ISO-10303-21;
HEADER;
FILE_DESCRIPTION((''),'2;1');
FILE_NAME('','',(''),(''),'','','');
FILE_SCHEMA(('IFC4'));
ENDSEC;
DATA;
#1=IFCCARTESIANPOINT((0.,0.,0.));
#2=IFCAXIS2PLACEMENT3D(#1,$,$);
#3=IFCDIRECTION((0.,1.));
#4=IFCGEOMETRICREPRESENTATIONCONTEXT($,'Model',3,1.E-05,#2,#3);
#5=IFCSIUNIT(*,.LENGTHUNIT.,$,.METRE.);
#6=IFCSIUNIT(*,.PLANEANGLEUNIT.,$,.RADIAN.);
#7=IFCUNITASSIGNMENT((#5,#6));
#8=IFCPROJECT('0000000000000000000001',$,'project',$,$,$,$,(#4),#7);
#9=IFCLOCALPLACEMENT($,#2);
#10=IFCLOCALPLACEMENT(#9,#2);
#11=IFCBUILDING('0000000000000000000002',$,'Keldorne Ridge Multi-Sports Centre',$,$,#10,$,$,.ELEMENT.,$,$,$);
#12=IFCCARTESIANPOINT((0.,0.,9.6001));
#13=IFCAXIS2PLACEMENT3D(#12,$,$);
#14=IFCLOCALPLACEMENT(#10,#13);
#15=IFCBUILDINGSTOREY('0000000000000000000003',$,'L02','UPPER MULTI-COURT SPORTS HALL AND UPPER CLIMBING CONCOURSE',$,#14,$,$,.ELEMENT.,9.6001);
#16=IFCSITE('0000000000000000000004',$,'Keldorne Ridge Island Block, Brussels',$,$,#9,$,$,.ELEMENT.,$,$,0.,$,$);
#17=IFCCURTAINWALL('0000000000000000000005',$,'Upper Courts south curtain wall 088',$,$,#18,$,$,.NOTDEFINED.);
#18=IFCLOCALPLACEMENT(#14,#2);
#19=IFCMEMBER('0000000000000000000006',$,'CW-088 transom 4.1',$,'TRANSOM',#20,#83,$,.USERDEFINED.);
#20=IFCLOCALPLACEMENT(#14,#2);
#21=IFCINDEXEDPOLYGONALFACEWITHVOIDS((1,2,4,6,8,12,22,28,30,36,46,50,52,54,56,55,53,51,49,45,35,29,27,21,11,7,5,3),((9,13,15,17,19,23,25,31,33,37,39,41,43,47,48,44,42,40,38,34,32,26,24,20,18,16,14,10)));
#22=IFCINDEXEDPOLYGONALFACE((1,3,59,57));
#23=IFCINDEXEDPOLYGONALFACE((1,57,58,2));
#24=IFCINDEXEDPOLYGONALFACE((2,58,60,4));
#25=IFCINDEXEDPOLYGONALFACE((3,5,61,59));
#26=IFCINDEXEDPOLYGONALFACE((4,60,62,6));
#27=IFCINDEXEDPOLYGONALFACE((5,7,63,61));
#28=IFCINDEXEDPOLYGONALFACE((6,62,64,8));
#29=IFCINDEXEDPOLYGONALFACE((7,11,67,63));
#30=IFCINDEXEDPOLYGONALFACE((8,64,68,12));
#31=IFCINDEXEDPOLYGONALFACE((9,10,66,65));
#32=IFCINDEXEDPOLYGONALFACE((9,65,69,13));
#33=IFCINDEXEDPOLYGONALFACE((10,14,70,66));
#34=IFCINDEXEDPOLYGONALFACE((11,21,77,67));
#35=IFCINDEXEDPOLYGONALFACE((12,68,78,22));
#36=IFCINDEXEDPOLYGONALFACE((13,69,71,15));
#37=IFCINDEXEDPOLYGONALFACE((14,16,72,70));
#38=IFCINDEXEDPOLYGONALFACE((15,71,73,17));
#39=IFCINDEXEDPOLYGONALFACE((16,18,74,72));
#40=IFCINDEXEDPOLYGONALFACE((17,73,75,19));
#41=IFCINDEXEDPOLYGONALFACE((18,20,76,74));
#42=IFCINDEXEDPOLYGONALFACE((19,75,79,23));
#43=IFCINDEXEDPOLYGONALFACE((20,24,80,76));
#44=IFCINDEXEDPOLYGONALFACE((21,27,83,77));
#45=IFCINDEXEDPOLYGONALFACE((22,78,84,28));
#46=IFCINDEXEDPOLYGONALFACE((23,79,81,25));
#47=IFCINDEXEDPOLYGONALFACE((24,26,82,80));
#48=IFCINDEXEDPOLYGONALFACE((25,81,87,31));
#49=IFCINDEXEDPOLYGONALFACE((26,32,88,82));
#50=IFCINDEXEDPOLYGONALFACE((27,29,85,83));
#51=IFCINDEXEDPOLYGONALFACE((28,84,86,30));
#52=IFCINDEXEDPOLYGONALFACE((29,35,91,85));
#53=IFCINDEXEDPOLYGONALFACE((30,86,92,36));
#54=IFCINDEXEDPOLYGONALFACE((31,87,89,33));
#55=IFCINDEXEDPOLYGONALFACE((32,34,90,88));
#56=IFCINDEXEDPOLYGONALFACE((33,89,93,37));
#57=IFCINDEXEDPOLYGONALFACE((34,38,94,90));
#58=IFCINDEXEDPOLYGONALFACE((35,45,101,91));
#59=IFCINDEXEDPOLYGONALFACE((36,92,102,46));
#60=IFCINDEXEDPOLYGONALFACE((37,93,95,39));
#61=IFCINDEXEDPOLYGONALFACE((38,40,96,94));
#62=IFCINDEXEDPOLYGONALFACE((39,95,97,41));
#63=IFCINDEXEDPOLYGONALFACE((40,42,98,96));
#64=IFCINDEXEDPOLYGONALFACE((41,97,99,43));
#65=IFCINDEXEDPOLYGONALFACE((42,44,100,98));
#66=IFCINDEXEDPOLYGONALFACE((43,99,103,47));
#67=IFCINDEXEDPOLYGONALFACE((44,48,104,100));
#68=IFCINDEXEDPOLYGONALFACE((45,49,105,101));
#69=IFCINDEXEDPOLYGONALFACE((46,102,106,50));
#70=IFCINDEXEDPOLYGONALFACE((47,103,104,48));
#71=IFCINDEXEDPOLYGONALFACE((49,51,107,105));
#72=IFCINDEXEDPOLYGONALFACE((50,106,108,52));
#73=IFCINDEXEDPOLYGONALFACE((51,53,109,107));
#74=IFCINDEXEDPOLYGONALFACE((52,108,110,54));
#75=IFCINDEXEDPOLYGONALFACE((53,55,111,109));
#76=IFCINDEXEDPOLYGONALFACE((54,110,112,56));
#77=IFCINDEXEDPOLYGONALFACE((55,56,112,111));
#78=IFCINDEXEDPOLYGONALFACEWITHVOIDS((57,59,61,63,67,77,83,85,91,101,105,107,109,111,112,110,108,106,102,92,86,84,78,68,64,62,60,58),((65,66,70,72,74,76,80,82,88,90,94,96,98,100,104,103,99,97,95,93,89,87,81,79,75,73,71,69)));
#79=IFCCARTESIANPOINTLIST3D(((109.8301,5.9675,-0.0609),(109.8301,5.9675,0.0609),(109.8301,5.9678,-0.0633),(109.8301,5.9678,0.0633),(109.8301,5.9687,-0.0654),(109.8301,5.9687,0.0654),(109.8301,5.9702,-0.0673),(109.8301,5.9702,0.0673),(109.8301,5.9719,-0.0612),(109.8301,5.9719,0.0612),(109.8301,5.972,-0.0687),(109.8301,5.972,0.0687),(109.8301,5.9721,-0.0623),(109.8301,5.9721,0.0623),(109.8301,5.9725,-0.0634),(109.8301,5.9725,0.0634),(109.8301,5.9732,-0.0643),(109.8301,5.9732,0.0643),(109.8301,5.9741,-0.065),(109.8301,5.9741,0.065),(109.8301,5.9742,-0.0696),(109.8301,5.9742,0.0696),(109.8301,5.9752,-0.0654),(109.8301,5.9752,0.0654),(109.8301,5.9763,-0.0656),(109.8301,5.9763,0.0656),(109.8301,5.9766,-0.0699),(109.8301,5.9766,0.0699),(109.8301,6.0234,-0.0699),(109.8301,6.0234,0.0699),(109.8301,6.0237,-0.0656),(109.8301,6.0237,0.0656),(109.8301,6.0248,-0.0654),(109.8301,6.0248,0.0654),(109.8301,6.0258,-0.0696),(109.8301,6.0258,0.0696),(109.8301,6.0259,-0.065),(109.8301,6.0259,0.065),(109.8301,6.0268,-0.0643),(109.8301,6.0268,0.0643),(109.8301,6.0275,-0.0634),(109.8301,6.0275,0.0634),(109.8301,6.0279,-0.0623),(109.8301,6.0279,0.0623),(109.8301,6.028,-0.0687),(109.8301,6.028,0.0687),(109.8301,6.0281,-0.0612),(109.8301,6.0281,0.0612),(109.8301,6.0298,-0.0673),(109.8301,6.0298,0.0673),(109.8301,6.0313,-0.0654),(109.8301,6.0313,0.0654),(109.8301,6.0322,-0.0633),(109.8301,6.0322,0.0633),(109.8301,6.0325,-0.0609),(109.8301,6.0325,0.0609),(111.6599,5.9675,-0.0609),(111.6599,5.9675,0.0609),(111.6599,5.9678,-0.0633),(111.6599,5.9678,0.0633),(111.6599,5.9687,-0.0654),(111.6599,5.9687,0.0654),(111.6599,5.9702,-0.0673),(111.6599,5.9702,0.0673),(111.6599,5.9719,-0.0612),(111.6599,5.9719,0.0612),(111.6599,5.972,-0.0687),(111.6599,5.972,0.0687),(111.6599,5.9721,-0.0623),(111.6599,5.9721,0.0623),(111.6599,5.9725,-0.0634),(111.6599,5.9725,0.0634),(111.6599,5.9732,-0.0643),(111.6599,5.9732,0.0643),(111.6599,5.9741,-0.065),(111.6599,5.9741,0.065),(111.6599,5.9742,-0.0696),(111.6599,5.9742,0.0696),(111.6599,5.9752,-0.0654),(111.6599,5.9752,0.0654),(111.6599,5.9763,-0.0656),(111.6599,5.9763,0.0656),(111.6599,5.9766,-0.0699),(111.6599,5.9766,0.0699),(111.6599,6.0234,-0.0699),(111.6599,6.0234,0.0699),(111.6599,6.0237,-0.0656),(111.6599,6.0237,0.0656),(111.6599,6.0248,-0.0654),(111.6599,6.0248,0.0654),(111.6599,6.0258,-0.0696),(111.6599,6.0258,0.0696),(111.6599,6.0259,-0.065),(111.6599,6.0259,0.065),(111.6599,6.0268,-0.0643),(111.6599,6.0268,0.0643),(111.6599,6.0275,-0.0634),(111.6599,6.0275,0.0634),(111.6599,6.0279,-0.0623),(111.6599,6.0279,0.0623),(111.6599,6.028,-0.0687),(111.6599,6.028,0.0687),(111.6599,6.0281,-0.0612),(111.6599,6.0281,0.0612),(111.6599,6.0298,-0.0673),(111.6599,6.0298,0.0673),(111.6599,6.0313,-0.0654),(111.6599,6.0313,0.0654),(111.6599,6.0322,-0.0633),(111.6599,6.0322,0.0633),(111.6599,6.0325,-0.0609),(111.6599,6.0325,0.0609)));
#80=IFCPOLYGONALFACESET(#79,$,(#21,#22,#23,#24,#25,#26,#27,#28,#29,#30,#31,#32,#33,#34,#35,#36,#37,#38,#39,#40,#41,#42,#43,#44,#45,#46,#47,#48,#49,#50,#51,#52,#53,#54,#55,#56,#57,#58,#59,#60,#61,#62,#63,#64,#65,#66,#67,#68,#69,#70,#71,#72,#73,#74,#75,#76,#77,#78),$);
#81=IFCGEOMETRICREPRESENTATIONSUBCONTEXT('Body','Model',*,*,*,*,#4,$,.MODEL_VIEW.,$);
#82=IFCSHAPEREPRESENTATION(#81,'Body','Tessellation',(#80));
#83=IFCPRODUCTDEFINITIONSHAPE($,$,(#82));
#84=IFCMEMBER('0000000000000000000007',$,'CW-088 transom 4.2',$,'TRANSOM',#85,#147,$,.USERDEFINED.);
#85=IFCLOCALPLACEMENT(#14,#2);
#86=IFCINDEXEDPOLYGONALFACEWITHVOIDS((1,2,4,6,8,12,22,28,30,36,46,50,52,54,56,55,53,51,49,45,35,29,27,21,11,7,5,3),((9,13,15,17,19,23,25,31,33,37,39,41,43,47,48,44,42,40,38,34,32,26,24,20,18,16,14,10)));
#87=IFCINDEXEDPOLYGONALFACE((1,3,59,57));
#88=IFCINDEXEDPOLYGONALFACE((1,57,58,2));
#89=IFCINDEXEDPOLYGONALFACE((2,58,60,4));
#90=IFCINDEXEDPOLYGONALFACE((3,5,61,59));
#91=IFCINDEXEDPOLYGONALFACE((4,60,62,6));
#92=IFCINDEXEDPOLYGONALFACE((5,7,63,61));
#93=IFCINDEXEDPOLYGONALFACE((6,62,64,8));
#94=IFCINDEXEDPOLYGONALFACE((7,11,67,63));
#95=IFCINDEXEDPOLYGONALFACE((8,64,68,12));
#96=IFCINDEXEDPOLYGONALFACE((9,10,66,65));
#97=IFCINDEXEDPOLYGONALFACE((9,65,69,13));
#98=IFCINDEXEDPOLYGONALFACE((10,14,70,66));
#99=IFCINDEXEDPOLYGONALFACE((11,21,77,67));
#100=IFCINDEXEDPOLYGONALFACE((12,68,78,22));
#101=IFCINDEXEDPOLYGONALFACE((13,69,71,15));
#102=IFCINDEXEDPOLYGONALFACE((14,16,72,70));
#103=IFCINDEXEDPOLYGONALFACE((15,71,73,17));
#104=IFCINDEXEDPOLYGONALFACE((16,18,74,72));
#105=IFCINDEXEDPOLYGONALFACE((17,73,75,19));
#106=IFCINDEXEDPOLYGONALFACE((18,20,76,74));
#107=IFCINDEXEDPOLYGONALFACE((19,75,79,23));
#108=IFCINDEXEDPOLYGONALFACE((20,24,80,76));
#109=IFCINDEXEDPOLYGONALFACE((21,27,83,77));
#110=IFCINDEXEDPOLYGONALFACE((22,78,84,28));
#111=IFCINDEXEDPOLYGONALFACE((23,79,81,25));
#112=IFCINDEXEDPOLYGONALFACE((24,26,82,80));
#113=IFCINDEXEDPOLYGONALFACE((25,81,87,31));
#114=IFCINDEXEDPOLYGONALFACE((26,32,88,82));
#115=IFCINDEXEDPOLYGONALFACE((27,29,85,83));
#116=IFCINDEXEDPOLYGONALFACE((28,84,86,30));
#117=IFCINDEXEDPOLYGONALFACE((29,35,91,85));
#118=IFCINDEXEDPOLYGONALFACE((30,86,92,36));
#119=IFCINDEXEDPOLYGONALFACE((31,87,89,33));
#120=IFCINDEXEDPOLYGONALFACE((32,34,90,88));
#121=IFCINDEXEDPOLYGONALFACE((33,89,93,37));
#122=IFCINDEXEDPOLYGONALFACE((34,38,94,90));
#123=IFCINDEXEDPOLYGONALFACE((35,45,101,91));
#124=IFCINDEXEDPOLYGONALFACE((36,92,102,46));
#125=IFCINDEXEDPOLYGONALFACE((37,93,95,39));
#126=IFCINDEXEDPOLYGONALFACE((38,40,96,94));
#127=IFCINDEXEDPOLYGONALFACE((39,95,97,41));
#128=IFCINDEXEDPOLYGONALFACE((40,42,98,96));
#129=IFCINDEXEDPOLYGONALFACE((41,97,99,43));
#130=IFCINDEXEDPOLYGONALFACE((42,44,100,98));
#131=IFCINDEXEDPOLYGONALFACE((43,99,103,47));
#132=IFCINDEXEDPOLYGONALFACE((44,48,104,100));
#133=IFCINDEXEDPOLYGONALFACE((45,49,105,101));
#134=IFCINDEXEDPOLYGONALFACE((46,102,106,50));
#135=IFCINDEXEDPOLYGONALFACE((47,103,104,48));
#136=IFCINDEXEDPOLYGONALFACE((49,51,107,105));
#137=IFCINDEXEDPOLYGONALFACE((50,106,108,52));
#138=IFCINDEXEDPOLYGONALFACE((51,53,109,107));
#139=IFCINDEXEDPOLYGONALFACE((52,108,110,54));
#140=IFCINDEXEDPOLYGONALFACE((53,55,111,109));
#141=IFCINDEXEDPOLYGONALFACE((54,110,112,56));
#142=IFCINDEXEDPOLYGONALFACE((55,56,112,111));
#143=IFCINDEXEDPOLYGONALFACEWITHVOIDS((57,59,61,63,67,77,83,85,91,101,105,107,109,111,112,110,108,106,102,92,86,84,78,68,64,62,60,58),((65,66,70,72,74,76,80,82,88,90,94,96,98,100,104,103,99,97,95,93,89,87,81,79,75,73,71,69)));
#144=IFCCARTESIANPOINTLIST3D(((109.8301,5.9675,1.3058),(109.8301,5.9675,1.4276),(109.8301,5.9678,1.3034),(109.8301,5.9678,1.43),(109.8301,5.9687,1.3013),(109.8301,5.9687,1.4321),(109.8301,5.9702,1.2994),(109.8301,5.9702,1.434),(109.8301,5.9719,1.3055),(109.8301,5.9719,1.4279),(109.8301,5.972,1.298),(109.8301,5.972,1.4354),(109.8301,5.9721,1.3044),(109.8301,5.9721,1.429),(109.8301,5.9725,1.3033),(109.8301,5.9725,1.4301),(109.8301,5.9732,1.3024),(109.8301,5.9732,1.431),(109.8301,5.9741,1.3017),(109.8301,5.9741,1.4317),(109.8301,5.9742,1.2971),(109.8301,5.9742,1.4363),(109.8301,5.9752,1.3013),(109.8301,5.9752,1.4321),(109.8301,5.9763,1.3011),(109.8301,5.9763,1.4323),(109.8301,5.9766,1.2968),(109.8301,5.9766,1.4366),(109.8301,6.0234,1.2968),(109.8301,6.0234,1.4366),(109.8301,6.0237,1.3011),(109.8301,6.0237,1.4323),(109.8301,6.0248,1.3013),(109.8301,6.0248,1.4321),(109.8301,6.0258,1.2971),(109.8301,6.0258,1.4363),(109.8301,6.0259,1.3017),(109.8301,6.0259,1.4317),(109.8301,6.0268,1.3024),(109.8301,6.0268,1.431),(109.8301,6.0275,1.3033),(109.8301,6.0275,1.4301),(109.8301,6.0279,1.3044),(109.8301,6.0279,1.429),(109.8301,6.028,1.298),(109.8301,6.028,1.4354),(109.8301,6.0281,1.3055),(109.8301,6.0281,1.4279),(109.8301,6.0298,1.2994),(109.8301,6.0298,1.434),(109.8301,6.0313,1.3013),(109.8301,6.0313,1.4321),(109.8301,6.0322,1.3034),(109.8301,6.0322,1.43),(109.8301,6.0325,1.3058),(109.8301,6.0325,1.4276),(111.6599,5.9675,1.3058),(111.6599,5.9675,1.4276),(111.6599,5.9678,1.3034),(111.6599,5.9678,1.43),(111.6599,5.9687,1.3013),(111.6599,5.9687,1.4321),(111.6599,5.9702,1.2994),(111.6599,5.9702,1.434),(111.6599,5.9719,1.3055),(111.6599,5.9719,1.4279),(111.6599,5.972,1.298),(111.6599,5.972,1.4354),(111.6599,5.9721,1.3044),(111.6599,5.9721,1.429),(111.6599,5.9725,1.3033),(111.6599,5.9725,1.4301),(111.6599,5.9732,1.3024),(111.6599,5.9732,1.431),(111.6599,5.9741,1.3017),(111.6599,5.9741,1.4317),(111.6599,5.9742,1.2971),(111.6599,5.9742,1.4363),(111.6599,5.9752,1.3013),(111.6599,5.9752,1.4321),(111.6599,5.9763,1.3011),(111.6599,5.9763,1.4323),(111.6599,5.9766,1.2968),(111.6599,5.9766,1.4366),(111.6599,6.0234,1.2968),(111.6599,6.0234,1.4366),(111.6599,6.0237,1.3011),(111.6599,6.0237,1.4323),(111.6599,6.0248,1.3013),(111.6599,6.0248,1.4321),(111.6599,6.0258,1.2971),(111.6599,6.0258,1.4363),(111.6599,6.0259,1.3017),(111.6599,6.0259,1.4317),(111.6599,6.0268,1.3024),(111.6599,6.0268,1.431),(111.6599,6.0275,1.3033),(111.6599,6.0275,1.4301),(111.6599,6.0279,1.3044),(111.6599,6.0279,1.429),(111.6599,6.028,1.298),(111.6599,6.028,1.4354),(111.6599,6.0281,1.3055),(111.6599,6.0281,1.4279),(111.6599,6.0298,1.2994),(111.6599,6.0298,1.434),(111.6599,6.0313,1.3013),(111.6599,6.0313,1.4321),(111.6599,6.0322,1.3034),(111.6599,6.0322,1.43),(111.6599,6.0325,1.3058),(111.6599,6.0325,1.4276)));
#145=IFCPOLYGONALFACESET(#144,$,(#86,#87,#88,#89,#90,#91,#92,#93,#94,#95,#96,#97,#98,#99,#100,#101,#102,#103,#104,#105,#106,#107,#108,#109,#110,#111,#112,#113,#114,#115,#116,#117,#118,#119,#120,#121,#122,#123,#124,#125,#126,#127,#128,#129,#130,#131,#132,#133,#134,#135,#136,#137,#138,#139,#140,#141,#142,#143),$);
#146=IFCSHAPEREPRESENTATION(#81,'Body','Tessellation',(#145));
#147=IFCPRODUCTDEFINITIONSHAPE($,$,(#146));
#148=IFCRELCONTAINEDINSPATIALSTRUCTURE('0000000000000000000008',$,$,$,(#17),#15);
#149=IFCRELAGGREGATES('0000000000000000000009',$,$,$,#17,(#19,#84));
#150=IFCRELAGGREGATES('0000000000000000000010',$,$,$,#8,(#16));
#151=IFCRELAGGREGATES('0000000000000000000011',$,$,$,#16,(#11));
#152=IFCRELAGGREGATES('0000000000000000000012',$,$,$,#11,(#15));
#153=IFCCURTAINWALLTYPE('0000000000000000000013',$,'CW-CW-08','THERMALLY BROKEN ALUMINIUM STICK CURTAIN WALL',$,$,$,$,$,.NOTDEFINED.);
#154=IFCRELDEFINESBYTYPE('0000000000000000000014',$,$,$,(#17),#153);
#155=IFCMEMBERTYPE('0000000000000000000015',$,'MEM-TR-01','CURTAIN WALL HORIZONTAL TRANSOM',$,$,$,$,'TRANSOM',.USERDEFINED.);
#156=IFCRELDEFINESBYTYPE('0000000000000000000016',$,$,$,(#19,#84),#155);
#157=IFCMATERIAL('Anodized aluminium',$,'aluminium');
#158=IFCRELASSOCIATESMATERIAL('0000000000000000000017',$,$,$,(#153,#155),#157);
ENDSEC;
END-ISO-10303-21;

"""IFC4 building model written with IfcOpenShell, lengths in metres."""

from ifc_helpers import new_model, si_unit, direction, frame, origin, origin_2d, place, context, subcontext, project, spatial, hollow_rectangle, extrude, material, material_profile, profile_set, type_object, element, aggregate, save


model = new_model("IFC4")

# Units and contexts
model_context = context("Model", 3, precision=1e-05, world=origin(), true_north=direction((0.0, 1.0)))
body_context = subcontext(model_context, "Body", "Model", "MODEL_VIEW")
ifc_project = project(units=[si_unit("LENGTHUNIT", "METRE"), si_unit("PLANEANGLEUNIT", "RADIAN")], contexts=[model_context])

# Site, building, storey
site_placement = place(None, origin())
site = spatial("IfcSite", under=ifc_project, at=site_placement, Name="Keldorne Ridge Island Block, Brussels", CompositionType="ELEMENT", RefElevation=0.0)
building_placement = place(site_placement, origin())
building = spatial("IfcBuilding", under=site, at=building_placement, Name="Keldorne Ridge Multi-Sports Centre", CompositionType="ELEMENT")
storey_placement = place(building_placement, frame((0.0, 0.0, 9.6001)))
storey = spatial("IfcBuildingStorey", under=building, at=storey_placement, Name="L02", Description="UPPER MULTI-COURT SPORTS HALL AND UPPER CLIMBING CONCOURSE", CompositionType="ELEMENT", Elevation=9.6001)

# Curtain wall, members
ifc_material_1 = material(Name="Anodized aluminium", Category="aluminium")
curtain_wall_type = type_object("IfcCurtainWallType", Name="CW-CW-08", Description="THERMALLY BROKEN ALUMINIUM STICK CURTAIN WALL", PredefinedType="NOTDEFINED", material=ifc_material_1)
curtain_wall_placement = place(storey_placement, origin())
curtain_wall = element("IfcCurtainWall", 1, at=curtain_wall_placement, inside=storey, type_object=curtain_wall_type, Name="Upper Courts south curtain wall 088", PredefinedType="NOTDEFINED")
ifc_material_profile_1 = material_profile(ifc_material_1, hollow_rectangle(XDim=0.0649, YDim=0.1399, WallThickness=0.0044, InnerFilletRadius=0.0044, OuterFilletRadius=0.009, at=origin_2d()), Name="ALU TRANSOM 140x65x4.5")
ifc_profile_set_1 = profile_set([ifc_material_profile_1], Name="Anodized aluminium")
member_type_1 = type_object("IfcMemberType", Name="MEM-TR-01", Description="CURTAIN WALL HORIZONTAL TRANSOM", ElementType="TRANSOM", PredefinedType="USERDEFINED", material=ifc_profile_set_1)
member_1_placement = place(storey_placement, frame((109.8301, 6.0, 0.0), z_axis=(1.0, 0.0, 0.0), x_axis=(0.0, 1.0, 0.0)))
member_1 = element("IfcMember", 2, at=member_1_placement, type_object=member_type_1, Name="CW-088 transom 4.1", ObjectType="TRANSOM", PredefinedType="USERDEFINED", context=body_context, shape_type="SweptSolid", body=[
    extrude(hollow_rectangle(XDim=0.0649, YDim=0.1399, WallThickness=0.0044, InnerFilletRadius=0.0044, OuterFilletRadius=0.009, at=origin_2d()), origin(), (0.0, 0.0, 1.0), 1.8298),
])
member_2_placement = place(storey_placement, frame((109.8301, 6.0, 1.3667), z_axis=(1.0, 0.0, 0.0), x_axis=(0.0, 1.0, 0.0)))
member_2 = element("IfcMember", 3, at=member_2_placement, type_object=member_type_1, Name="CW-088 transom 4.2", ObjectType="TRANSOM", PredefinedType="USERDEFINED", context=body_context, shape_type="SweptSolid", body=[
    extrude(hollow_rectangle(XDim=0.0649, YDim=0.1399, WallThickness=0.0044, InnerFilletRadius=0.0044, OuterFilletRadius=0.009, at=origin_2d()), origin(), (0.0, 0.0, 1.0), 1.8298),
])
aggregate(curtain_wall, [member_1, member_2])

save(model, "model.ifc")
